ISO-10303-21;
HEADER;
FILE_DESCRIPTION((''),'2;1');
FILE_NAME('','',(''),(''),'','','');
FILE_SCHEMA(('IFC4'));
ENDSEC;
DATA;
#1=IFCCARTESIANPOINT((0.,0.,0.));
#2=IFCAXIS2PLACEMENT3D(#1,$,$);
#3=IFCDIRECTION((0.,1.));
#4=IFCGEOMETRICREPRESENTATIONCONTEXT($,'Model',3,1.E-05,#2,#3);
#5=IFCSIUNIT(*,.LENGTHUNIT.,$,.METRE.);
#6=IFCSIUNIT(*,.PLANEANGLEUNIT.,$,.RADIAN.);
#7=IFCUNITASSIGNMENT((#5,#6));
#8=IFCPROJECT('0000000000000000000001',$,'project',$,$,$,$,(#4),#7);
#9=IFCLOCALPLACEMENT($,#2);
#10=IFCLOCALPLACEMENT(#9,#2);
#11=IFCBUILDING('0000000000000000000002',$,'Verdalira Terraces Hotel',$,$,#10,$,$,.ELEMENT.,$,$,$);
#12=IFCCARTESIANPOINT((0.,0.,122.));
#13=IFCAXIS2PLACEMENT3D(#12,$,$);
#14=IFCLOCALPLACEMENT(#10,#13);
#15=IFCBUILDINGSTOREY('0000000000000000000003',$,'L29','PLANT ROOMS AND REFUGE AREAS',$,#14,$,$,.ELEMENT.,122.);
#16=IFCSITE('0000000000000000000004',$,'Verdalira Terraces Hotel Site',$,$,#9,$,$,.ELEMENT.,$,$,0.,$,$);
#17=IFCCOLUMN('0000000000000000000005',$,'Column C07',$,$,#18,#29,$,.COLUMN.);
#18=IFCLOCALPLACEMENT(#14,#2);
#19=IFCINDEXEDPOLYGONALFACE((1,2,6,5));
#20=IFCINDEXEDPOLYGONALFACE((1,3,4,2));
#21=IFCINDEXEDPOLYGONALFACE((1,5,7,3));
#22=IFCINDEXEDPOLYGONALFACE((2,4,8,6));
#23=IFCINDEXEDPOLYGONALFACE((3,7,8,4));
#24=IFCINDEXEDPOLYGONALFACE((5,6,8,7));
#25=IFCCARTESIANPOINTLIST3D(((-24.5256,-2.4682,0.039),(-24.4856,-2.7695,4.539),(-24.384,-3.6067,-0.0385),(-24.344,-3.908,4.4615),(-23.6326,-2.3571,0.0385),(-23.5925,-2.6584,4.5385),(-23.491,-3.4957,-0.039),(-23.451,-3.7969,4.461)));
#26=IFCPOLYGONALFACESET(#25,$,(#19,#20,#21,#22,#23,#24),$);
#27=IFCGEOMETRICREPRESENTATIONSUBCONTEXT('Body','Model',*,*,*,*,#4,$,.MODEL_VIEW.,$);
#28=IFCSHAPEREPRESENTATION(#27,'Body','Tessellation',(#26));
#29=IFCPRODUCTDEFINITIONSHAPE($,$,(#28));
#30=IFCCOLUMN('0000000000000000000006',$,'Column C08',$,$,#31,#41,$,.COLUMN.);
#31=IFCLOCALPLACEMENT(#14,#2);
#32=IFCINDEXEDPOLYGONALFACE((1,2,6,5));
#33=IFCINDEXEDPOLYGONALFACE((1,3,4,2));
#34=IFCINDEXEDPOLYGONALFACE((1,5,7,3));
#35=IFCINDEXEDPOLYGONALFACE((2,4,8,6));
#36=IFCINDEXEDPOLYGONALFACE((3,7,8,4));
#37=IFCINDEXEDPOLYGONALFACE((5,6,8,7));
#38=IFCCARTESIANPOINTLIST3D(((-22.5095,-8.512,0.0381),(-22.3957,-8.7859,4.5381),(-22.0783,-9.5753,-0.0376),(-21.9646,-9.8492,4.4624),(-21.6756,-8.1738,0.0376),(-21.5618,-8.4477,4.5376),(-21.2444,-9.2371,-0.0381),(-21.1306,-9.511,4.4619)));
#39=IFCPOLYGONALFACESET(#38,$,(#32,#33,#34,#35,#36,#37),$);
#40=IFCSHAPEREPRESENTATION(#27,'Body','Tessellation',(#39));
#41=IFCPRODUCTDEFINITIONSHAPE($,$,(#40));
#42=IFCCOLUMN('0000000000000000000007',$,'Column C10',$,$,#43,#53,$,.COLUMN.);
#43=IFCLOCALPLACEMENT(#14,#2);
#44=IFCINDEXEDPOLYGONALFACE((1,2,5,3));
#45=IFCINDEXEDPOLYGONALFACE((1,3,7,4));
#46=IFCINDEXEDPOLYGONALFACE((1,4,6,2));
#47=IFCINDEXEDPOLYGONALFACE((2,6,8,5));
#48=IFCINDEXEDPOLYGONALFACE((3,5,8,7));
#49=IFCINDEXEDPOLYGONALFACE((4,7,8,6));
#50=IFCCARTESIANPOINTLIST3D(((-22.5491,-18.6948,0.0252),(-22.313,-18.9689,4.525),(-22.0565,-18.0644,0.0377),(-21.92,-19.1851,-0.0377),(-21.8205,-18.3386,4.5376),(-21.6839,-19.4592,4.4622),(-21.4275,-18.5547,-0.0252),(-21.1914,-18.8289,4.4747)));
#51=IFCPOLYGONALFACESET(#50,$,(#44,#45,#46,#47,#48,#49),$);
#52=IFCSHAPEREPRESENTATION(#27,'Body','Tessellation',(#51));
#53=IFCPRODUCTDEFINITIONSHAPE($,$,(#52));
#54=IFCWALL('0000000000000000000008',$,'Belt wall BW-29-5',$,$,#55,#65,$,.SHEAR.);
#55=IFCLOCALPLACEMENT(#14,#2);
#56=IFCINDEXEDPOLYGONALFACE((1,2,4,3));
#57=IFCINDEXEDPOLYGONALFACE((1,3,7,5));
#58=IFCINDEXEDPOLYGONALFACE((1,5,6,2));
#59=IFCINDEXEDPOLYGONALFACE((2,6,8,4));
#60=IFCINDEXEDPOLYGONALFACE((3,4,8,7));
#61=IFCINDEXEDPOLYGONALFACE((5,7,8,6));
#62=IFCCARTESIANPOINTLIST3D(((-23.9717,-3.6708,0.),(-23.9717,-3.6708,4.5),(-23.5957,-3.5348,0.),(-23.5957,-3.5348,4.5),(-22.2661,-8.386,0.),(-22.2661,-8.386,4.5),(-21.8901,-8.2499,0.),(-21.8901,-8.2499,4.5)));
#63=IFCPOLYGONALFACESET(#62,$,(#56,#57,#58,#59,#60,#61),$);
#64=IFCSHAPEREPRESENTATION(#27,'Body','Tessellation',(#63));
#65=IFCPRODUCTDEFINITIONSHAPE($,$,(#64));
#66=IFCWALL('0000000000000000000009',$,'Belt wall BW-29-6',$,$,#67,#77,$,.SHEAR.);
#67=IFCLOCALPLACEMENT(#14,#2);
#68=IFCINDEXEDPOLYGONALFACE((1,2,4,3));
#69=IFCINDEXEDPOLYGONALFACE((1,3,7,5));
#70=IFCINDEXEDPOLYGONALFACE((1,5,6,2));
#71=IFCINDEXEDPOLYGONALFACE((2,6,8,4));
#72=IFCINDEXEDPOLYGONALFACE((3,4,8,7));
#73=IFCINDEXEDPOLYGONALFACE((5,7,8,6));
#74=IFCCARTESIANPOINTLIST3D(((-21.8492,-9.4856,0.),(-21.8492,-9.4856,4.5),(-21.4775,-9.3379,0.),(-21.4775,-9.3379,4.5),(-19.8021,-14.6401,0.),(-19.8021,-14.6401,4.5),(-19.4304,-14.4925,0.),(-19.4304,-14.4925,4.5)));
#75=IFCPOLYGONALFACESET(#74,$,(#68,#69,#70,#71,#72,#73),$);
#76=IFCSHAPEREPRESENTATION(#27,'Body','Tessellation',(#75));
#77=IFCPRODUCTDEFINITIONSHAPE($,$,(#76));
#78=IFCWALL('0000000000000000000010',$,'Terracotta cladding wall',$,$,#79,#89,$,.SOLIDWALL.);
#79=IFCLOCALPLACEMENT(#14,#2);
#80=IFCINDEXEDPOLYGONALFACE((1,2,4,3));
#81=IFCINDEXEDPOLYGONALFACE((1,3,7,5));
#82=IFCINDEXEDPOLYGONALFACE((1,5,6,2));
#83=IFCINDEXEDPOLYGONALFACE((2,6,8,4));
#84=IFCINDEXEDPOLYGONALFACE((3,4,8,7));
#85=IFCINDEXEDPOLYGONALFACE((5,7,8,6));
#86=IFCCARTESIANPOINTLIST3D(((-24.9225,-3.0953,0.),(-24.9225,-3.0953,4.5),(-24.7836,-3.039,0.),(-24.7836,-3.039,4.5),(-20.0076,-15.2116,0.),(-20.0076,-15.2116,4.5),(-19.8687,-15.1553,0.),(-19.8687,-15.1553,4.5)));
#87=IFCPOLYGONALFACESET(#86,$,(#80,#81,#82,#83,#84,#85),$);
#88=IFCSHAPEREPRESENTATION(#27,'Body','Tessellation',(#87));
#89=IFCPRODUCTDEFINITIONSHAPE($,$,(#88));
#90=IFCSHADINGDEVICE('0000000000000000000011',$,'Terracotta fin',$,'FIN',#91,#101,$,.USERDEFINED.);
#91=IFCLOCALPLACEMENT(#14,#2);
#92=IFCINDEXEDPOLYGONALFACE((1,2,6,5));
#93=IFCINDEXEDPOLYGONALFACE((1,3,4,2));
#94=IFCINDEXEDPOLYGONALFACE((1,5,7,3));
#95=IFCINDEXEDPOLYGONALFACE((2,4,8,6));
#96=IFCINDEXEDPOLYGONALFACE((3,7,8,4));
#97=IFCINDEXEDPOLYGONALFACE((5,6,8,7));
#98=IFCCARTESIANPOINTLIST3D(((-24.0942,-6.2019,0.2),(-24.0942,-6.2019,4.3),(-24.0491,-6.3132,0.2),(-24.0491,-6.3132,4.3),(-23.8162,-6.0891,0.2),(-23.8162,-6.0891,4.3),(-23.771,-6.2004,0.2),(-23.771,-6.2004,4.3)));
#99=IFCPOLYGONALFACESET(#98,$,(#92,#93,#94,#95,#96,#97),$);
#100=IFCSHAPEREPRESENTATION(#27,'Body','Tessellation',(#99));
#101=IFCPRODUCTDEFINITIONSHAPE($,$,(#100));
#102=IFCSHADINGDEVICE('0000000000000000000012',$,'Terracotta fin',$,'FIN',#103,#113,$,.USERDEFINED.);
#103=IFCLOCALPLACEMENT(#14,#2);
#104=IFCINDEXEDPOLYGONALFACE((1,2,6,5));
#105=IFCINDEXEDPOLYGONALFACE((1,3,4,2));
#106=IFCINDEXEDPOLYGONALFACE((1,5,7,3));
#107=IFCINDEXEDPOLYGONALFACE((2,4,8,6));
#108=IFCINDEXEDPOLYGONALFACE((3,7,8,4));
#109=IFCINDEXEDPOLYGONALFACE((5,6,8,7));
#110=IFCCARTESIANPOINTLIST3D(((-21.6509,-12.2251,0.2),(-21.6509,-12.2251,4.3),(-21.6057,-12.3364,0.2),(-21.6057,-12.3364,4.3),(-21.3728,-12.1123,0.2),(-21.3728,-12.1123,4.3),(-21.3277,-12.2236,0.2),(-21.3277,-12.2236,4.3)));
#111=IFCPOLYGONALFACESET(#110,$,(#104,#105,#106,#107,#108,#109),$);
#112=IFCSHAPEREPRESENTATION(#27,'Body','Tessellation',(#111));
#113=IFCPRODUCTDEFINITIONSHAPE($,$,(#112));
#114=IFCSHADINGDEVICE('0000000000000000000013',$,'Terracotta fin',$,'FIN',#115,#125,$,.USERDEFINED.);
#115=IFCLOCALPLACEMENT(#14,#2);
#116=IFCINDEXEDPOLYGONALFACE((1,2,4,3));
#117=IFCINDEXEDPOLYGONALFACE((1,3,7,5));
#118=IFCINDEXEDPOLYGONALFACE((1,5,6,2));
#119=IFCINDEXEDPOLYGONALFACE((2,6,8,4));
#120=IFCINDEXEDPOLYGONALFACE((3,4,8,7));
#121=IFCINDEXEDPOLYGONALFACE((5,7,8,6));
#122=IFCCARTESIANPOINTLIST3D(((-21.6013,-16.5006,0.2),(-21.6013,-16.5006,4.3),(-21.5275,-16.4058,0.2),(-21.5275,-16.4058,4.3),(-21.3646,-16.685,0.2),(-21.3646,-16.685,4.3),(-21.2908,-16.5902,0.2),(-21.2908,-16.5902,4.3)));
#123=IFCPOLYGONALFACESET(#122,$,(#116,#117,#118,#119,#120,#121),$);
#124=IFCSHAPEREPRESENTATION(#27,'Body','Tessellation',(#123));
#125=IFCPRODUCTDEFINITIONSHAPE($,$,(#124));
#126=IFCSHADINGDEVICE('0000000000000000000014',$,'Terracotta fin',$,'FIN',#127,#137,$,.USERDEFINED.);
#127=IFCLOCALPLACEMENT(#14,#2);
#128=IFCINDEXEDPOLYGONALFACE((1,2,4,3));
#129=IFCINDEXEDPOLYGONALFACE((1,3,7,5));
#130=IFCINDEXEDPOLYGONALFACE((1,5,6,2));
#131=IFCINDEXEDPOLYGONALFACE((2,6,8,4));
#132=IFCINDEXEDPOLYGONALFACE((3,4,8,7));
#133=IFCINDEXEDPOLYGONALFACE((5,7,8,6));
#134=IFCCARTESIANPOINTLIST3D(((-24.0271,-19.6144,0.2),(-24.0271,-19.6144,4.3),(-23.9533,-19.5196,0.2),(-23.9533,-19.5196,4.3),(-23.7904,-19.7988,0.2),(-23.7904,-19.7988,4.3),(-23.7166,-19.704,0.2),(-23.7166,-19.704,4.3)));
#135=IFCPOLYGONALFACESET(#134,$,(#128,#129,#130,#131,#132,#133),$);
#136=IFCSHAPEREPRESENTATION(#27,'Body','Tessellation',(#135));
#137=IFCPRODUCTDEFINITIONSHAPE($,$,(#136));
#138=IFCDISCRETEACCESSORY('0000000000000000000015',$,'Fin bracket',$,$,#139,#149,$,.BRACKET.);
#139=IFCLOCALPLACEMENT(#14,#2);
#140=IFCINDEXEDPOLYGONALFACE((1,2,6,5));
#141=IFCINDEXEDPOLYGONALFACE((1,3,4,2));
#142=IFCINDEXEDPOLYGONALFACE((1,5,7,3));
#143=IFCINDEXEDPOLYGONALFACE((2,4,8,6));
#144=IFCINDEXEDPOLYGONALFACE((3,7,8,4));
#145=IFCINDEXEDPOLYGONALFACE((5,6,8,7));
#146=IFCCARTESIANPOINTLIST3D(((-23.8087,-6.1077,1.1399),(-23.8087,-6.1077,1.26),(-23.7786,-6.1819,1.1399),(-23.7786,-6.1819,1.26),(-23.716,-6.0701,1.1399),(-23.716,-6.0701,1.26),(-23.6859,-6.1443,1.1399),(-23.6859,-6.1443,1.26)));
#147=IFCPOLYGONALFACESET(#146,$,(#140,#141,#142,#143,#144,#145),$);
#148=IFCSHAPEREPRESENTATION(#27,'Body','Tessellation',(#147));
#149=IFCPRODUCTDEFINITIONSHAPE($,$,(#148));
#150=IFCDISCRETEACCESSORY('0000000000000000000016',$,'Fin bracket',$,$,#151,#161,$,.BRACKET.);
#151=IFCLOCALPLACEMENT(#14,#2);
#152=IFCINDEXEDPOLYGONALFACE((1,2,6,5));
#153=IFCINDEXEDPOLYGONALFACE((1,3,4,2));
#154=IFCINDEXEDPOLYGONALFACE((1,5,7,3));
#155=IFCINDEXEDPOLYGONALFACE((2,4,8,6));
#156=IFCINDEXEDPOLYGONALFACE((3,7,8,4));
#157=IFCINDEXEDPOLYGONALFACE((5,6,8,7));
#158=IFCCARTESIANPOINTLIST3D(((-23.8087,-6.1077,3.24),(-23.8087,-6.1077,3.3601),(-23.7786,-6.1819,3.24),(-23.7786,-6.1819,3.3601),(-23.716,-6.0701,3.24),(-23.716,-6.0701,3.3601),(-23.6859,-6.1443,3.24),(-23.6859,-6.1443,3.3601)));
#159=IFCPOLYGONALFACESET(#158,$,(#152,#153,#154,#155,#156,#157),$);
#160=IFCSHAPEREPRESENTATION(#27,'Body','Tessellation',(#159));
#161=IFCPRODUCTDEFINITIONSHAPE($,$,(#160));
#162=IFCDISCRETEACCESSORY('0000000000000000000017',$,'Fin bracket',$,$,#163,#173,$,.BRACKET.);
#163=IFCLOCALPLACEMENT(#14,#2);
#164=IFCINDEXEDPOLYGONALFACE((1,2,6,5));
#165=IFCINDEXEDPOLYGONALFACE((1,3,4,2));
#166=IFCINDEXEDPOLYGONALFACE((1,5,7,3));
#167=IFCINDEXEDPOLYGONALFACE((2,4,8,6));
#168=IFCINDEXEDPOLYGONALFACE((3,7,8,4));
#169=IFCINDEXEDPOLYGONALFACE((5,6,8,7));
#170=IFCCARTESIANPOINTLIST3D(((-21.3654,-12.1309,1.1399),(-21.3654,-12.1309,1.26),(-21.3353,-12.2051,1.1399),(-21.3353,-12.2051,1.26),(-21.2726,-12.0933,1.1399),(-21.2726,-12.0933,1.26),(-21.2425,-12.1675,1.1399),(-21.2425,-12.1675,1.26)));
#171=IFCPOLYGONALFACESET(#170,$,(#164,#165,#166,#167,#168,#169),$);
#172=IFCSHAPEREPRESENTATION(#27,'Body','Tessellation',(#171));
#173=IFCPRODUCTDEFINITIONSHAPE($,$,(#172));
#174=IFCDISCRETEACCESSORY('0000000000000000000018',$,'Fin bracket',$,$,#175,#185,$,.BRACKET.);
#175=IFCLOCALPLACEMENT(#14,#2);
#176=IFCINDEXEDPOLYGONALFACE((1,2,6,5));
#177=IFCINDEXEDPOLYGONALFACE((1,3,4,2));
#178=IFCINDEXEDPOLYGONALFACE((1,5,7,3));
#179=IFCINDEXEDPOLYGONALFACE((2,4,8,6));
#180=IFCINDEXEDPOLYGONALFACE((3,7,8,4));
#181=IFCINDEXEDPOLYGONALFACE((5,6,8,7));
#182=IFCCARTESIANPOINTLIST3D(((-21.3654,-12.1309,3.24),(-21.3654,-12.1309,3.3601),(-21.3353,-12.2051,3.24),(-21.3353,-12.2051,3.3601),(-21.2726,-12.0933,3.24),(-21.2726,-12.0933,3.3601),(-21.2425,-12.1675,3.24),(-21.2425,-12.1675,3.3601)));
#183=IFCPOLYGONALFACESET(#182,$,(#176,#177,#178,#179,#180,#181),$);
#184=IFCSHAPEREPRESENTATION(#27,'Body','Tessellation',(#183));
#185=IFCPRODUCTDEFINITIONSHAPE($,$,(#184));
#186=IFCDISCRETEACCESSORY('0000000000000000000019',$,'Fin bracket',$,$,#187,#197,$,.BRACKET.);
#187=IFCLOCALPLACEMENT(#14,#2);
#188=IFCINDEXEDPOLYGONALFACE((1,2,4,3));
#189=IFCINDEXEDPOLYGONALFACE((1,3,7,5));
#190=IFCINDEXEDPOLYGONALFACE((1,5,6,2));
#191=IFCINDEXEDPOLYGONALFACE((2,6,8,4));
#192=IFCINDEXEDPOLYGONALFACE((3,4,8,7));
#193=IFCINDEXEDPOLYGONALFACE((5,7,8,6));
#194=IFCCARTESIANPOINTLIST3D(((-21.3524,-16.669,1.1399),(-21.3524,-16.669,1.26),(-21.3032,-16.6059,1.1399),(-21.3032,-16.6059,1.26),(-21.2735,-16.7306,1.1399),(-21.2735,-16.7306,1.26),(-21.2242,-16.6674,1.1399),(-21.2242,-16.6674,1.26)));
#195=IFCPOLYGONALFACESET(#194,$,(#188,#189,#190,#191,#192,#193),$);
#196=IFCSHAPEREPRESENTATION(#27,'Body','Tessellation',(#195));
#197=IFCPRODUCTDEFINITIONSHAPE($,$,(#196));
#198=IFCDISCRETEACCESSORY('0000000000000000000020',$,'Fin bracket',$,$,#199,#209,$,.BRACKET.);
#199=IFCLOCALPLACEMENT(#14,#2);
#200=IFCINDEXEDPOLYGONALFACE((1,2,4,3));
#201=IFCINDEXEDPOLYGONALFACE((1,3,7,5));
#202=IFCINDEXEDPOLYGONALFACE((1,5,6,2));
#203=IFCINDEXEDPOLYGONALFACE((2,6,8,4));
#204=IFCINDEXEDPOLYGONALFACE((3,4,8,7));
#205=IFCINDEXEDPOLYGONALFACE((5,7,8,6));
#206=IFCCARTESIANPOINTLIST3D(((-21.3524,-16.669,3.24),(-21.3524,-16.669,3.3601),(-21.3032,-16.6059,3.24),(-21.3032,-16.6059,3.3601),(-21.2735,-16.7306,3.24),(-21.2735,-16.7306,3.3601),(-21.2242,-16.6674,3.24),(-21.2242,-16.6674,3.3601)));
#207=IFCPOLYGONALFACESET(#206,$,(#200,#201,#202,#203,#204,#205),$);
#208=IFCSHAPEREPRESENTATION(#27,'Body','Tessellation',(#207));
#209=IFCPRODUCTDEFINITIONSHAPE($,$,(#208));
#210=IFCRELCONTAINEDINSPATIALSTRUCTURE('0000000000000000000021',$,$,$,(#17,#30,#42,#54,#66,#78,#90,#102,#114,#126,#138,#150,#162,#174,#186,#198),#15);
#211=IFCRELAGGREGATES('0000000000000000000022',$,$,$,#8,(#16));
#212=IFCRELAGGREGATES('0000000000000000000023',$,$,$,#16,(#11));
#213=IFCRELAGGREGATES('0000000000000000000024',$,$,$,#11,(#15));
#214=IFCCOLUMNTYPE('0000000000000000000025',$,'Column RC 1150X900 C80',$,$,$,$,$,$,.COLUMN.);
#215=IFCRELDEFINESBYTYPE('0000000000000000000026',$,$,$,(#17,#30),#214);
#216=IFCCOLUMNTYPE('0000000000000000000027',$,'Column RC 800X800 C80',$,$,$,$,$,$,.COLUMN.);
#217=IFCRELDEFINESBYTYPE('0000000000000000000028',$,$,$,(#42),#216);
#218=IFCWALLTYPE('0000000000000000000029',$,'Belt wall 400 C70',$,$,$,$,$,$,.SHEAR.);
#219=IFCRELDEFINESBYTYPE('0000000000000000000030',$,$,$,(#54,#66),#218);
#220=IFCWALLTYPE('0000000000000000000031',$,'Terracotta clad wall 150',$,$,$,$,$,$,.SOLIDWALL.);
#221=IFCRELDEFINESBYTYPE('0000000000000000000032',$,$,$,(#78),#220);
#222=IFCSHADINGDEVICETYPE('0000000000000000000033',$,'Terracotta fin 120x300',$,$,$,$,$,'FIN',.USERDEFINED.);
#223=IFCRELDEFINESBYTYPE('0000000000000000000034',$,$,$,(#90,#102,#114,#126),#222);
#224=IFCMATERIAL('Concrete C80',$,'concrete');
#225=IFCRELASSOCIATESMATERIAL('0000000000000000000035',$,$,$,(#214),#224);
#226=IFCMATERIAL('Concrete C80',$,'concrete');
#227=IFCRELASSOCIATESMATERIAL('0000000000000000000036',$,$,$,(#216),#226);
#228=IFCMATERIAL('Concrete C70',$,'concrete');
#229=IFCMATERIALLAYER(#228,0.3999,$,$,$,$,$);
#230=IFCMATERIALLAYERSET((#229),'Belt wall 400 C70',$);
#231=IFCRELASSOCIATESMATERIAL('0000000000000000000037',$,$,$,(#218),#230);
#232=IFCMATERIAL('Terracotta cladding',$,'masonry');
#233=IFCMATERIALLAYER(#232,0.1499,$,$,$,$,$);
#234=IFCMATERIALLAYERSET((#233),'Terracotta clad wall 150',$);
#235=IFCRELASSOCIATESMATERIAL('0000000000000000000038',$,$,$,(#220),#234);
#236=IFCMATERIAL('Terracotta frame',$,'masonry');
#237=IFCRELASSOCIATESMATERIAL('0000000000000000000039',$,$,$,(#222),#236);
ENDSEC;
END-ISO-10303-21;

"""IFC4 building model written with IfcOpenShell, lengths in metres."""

from ifc_helpers import new_model, si_unit, direction, frame, frame_2d, origin, origin_2d, place, context, subcontext, project, spatial, rectangle, extrude, material, layer, layer_set, material_profile, profile_set, type_object, element, save


model = new_model("IFC4")

# Units and contexts
model_context = context("Model", 3, precision=1e-05, world=origin(), true_north=direction((0.0, 1.0)))
body_context = subcontext(model_context, "Body", "Model", "MODEL_VIEW")
ifc_project = project(units=[si_unit("LENGTHUNIT", "METRE"), si_unit("PLANEANGLEUNIT", "RADIAN")], contexts=[model_context])

# Site, building, storey
site_placement = place(None, origin())
site = spatial("IfcSite", under=ifc_project, at=site_placement, Name="Verdalira Terraces Hotel Site", CompositionType="ELEMENT", RefElevation=0.0)
building_placement = place(site_placement, origin())
building = spatial("IfcBuilding", under=site, at=building_placement, Name="Verdalira Terraces Hotel", CompositionType="ELEMENT")
storey_placement = place(building_placement, frame((0.0, 0.0, 122.0)))
storey = spatial("IfcBuildingStorey", under=building, at=storey_placement, Name="L29", Description="PLANT ROOMS AND REFUGE AREAS", CompositionType="ELEMENT", Elevation=122.0)

# Columns
ifc_material_1 = material(Name="Concrete C80", Category="concrete")
ifc_material_profile_1 = material_profile(ifc_material_1, rectangle(XDim=1.1499, YDim=0.8999, at=origin_2d()), Name="RC 1150X900")
ifc_profile_set_1 = profile_set([ifc_material_profile_1], Name="Concrete C80")
column_type_1 = type_object("IfcColumnType", Name="Column RC 1150X900 C80", PredefinedType="COLUMN", material=ifc_profile_set_1)
column_1_placement = place(storey_placement, frame((-24.0083, -2.9819, 0.0), z_axis=(0.008877, -0.066797, 0.997727), x_axis=(-0.123115, 0.990102, 0.067382)))
element("IfcColumn", 1, at=column_1_placement, inside=storey, type_object=column_type_1, Name="Column C07", PredefinedType="COLUMN", context=body_context, shape_type="SweptSolid", body=[
    extrude(rectangle(XDim=1.1499, YDim=0.8999, at=origin_2d()), origin(), (0.0, 0.0, 1.0), 4.5103),
])
column_2_placement = place(storey_placement, frame((-21.877, -8.8745, 0.0), z_axis=(0.025227, -0.060741, 0.997835), x_axis=(0.374966, -0.924703, -0.065769)))
element("IfcColumn", 2, at=column_2_placement, inside=storey, type_object=column_type_1, Name="Column C08", PredefinedType="COLUMN", context=body_context, shape_type="SweptSolid", body=[
    extrude(rectangle(XDim=1.1499, YDim=0.8999, at=origin_2d()), origin(), (0.0, 0.0, 1.0), 4.5098),
])
ifc_material_2 = material(Name="Concrete C80", Category="concrete")
ifc_material_profile_2 = material_profile(ifc_material_2, rectangle(XDim=0.8, YDim=0.8, at=origin_2d()), Name="RC 800X800")
ifc_profile_set_2 = profile_set([ifc_material_profile_2], Name="Concrete C80")
column_type_2 = type_object("IfcColumnType", Name="Column RC 800X800 C80", PredefinedType="COLUMN", material=ifc_profile_set_2)
column_3_placement = place(storey_placement, frame((-21.9883, -18.6248, 0.0), z_axis=(0.052294, -0.060731, 0.996783), x_axis=(-0.615655, -0.78786, -0.015702)))
element("IfcColumn", 3, at=column_3_placement, inside=storey, type_object=column_type_2, Name="Column C10", PredefinedType="COLUMN", context=body_context, shape_type="SweptSolid", body=[
    extrude(rectangle(XDim=0.8, YDim=0.8, at=origin_2d()), origin(), (0.0, 0.0, 1.0), 4.5144),
])

# Walls
ifc_material_3 = material(Name="Concrete C70", Category="concrete")
ifc_layer_1 = layer(ifc_material_3, 0.3999)
ifc_layer_set_1 = layer_set([ifc_layer_1], Name="Belt wall 400 C70")
wall_type_1 = type_object("IfcWallType", Name="Belt wall 400 C70", PredefinedType="SHEAR", material=ifc_layer_set_1)
wall_1_placement = place(storey_placement, frame((-23.7837, -3.6028, 0.0), z_axis=(0.0, 0.0, 1.0), x_axis=(0.340155, -0.940369, 0.0)))
element("IfcWall", 4, at=wall_1_placement, inside=storey, type_object=wall_type_1, Name="Belt wall BW-29-5", PredefinedType="SHEAR", context=body_context, shape_type="SweptSolid", body=[
    extrude(rectangle(XDim=5.0142, YDim=0.3999, at=frame_2d((2.5071, 0.0))), origin(), (0.0, 0.0, 1.0), 4.5),
])
wall_2_placement = place(storey_placement, frame((-21.6633, -9.4119, 0.0), z_axis=(0.0, 0.0, 1.0), x_axis=(0.369105, -0.929388, 0.0)))
element("IfcWall", 5, at=wall_2_placement, inside=storey, type_object=wall_type_1, Name="Belt wall BW-29-6", PredefinedType="SHEAR", context=body_context, shape_type="SweptSolid", body=[
    extrude(rectangle(XDim=5.5461, YDim=0.3999, at=frame_2d((2.7729, 0.0))), origin(), (0.0, 0.0, 1.0), 4.5),
])
ifc_material_4 = material(Name="Terracotta cladding", Category="masonry")
ifc_layer_2 = layer(ifc_material_4, 0.1499)
ifc_layer_set_2 = layer_set([ifc_layer_2], Name="Terracotta clad wall 150")
wall_type_2 = type_object("IfcWallType", Name="Terracotta clad wall 150", PredefinedType="SOLIDWALL", material=ifc_layer_set_2)
wall_3_placement = place(storey_placement, frame((-24.853, -3.0671, 0.0), z_axis=(0.0, 0.0, 1.0), x_axis=(0.37589, -0.926664, 0.0)))
element("IfcWall", 6, at=wall_3_placement, inside=storey, type_object=wall_type_2, Name="Terracotta cladding wall", PredefinedType="SOLIDWALL", context=body_context, shape_type="SweptSolid", body=[
    extrude(rectangle(XDim=13.0752, YDim=0.1499, at=frame_2d((6.5376, 0.0))), origin(), (0.0, 0.0, 1.0), 4.5),
])

# Shading devices
ifc_material_5 = material(Name="Terracotta frame", Category="masonry")
ifc_material_profile_3 = material_profile(ifc_material_5, rectangle(XDim=0.1201, YDim=0.3, at=origin_2d()), Name="FIN 120x300")
ifc_profile_set_3 = profile_set([ifc_material_profile_3], Name="Terracotta frame")
shading_device_type = type_object("IfcShadingDeviceType", Name="Terracotta fin 120x300", ElementType="FIN", PredefinedType="USERDEFINED", material=ifc_profile_set_3)
for number, where, z_axis, x_axis, name in (
    (7, (-23.9326, -6.2012, 0.2), (0.0, 0.0, 1.0), (0.375901, -0.92666, 0.0), "Terracotta fin"),
    (8, (-21.4893, -12.2244, 0.2), (0.0, 0.0, 1.0), (0.375901, -0.92666, 0.0), "Terracotta fin"),
    (9, (-21.446, -16.5454, 0.2), (0.0, 0.0, 1.0), (-0.614561, -0.78887, 0.0), "Terracotta fin"),
    (10, (-23.8718, -19.6592, 0.2), (0.0, 0.0, 1.0), (-0.614561, -0.78887, 0.0), "Terracotta fin"),
):
    element("IfcShadingDevice", number, at=place(storey_placement, frame(where, z_axis=z_axis, x_axis=x_axis)), inside=storey, type_object=shading_device_type, Name=name, ObjectType="FIN", PredefinedType="USERDEFINED", context=body_context, shape_type="SweptSolid", body=[
        extrude(rectangle(XDim=0.1201, YDim=0.3, at=origin_2d()), origin(), (0.0, 0.0, 1.0), 4.1001),
    ])

# Discrete accessories
for number, where, z_axis, x_axis, name in (
    (11, (-23.7473, -6.126, 1.1399), (0.0, 0.0, 1.0), (0.375901, -0.92666, 0.0), "Fin bracket"),
    (12, (-23.7473, -6.126, 3.24), (0.0, 0.0, 1.0), (0.375901, -0.92666, 0.0), "Fin bracket"),
    (13, (-21.304, -12.1492, 1.1399), (0.0, 0.0, 1.0), (0.375901, -0.92666, 0.0), "Fin bracket"),
    (14, (-21.304, -12.1492, 3.24), (0.0, 0.0, 1.0), (0.375901, -0.92666, 0.0), "Fin bracket"),
    (15, (-21.2883, -16.6682, 1.1399), (0.0, 0.0, 1.0), (-0.614561, -0.78887, 0.0), "Fin bracket"),
    (16, (-21.2883, -16.6682, 3.24), (0.0, 0.0, 1.0), (-0.614561, -0.78887, 0.0), "Fin bracket"),
):
    element("IfcDiscreteAccessory", number, at=place(storey_placement, frame(where, z_axis=z_axis, x_axis=x_axis)), inside=storey, Name=name, PredefinedType="BRACKET", context=body_context, shape_type="SweptSolid", body=[
        extrude(rectangle(XDim=0.0801, YDim=0.1001, at=origin_2d()), origin(), (0.0, 0.0, 1.0), 0.1201),
    ])

save(model, "model.ifc")
